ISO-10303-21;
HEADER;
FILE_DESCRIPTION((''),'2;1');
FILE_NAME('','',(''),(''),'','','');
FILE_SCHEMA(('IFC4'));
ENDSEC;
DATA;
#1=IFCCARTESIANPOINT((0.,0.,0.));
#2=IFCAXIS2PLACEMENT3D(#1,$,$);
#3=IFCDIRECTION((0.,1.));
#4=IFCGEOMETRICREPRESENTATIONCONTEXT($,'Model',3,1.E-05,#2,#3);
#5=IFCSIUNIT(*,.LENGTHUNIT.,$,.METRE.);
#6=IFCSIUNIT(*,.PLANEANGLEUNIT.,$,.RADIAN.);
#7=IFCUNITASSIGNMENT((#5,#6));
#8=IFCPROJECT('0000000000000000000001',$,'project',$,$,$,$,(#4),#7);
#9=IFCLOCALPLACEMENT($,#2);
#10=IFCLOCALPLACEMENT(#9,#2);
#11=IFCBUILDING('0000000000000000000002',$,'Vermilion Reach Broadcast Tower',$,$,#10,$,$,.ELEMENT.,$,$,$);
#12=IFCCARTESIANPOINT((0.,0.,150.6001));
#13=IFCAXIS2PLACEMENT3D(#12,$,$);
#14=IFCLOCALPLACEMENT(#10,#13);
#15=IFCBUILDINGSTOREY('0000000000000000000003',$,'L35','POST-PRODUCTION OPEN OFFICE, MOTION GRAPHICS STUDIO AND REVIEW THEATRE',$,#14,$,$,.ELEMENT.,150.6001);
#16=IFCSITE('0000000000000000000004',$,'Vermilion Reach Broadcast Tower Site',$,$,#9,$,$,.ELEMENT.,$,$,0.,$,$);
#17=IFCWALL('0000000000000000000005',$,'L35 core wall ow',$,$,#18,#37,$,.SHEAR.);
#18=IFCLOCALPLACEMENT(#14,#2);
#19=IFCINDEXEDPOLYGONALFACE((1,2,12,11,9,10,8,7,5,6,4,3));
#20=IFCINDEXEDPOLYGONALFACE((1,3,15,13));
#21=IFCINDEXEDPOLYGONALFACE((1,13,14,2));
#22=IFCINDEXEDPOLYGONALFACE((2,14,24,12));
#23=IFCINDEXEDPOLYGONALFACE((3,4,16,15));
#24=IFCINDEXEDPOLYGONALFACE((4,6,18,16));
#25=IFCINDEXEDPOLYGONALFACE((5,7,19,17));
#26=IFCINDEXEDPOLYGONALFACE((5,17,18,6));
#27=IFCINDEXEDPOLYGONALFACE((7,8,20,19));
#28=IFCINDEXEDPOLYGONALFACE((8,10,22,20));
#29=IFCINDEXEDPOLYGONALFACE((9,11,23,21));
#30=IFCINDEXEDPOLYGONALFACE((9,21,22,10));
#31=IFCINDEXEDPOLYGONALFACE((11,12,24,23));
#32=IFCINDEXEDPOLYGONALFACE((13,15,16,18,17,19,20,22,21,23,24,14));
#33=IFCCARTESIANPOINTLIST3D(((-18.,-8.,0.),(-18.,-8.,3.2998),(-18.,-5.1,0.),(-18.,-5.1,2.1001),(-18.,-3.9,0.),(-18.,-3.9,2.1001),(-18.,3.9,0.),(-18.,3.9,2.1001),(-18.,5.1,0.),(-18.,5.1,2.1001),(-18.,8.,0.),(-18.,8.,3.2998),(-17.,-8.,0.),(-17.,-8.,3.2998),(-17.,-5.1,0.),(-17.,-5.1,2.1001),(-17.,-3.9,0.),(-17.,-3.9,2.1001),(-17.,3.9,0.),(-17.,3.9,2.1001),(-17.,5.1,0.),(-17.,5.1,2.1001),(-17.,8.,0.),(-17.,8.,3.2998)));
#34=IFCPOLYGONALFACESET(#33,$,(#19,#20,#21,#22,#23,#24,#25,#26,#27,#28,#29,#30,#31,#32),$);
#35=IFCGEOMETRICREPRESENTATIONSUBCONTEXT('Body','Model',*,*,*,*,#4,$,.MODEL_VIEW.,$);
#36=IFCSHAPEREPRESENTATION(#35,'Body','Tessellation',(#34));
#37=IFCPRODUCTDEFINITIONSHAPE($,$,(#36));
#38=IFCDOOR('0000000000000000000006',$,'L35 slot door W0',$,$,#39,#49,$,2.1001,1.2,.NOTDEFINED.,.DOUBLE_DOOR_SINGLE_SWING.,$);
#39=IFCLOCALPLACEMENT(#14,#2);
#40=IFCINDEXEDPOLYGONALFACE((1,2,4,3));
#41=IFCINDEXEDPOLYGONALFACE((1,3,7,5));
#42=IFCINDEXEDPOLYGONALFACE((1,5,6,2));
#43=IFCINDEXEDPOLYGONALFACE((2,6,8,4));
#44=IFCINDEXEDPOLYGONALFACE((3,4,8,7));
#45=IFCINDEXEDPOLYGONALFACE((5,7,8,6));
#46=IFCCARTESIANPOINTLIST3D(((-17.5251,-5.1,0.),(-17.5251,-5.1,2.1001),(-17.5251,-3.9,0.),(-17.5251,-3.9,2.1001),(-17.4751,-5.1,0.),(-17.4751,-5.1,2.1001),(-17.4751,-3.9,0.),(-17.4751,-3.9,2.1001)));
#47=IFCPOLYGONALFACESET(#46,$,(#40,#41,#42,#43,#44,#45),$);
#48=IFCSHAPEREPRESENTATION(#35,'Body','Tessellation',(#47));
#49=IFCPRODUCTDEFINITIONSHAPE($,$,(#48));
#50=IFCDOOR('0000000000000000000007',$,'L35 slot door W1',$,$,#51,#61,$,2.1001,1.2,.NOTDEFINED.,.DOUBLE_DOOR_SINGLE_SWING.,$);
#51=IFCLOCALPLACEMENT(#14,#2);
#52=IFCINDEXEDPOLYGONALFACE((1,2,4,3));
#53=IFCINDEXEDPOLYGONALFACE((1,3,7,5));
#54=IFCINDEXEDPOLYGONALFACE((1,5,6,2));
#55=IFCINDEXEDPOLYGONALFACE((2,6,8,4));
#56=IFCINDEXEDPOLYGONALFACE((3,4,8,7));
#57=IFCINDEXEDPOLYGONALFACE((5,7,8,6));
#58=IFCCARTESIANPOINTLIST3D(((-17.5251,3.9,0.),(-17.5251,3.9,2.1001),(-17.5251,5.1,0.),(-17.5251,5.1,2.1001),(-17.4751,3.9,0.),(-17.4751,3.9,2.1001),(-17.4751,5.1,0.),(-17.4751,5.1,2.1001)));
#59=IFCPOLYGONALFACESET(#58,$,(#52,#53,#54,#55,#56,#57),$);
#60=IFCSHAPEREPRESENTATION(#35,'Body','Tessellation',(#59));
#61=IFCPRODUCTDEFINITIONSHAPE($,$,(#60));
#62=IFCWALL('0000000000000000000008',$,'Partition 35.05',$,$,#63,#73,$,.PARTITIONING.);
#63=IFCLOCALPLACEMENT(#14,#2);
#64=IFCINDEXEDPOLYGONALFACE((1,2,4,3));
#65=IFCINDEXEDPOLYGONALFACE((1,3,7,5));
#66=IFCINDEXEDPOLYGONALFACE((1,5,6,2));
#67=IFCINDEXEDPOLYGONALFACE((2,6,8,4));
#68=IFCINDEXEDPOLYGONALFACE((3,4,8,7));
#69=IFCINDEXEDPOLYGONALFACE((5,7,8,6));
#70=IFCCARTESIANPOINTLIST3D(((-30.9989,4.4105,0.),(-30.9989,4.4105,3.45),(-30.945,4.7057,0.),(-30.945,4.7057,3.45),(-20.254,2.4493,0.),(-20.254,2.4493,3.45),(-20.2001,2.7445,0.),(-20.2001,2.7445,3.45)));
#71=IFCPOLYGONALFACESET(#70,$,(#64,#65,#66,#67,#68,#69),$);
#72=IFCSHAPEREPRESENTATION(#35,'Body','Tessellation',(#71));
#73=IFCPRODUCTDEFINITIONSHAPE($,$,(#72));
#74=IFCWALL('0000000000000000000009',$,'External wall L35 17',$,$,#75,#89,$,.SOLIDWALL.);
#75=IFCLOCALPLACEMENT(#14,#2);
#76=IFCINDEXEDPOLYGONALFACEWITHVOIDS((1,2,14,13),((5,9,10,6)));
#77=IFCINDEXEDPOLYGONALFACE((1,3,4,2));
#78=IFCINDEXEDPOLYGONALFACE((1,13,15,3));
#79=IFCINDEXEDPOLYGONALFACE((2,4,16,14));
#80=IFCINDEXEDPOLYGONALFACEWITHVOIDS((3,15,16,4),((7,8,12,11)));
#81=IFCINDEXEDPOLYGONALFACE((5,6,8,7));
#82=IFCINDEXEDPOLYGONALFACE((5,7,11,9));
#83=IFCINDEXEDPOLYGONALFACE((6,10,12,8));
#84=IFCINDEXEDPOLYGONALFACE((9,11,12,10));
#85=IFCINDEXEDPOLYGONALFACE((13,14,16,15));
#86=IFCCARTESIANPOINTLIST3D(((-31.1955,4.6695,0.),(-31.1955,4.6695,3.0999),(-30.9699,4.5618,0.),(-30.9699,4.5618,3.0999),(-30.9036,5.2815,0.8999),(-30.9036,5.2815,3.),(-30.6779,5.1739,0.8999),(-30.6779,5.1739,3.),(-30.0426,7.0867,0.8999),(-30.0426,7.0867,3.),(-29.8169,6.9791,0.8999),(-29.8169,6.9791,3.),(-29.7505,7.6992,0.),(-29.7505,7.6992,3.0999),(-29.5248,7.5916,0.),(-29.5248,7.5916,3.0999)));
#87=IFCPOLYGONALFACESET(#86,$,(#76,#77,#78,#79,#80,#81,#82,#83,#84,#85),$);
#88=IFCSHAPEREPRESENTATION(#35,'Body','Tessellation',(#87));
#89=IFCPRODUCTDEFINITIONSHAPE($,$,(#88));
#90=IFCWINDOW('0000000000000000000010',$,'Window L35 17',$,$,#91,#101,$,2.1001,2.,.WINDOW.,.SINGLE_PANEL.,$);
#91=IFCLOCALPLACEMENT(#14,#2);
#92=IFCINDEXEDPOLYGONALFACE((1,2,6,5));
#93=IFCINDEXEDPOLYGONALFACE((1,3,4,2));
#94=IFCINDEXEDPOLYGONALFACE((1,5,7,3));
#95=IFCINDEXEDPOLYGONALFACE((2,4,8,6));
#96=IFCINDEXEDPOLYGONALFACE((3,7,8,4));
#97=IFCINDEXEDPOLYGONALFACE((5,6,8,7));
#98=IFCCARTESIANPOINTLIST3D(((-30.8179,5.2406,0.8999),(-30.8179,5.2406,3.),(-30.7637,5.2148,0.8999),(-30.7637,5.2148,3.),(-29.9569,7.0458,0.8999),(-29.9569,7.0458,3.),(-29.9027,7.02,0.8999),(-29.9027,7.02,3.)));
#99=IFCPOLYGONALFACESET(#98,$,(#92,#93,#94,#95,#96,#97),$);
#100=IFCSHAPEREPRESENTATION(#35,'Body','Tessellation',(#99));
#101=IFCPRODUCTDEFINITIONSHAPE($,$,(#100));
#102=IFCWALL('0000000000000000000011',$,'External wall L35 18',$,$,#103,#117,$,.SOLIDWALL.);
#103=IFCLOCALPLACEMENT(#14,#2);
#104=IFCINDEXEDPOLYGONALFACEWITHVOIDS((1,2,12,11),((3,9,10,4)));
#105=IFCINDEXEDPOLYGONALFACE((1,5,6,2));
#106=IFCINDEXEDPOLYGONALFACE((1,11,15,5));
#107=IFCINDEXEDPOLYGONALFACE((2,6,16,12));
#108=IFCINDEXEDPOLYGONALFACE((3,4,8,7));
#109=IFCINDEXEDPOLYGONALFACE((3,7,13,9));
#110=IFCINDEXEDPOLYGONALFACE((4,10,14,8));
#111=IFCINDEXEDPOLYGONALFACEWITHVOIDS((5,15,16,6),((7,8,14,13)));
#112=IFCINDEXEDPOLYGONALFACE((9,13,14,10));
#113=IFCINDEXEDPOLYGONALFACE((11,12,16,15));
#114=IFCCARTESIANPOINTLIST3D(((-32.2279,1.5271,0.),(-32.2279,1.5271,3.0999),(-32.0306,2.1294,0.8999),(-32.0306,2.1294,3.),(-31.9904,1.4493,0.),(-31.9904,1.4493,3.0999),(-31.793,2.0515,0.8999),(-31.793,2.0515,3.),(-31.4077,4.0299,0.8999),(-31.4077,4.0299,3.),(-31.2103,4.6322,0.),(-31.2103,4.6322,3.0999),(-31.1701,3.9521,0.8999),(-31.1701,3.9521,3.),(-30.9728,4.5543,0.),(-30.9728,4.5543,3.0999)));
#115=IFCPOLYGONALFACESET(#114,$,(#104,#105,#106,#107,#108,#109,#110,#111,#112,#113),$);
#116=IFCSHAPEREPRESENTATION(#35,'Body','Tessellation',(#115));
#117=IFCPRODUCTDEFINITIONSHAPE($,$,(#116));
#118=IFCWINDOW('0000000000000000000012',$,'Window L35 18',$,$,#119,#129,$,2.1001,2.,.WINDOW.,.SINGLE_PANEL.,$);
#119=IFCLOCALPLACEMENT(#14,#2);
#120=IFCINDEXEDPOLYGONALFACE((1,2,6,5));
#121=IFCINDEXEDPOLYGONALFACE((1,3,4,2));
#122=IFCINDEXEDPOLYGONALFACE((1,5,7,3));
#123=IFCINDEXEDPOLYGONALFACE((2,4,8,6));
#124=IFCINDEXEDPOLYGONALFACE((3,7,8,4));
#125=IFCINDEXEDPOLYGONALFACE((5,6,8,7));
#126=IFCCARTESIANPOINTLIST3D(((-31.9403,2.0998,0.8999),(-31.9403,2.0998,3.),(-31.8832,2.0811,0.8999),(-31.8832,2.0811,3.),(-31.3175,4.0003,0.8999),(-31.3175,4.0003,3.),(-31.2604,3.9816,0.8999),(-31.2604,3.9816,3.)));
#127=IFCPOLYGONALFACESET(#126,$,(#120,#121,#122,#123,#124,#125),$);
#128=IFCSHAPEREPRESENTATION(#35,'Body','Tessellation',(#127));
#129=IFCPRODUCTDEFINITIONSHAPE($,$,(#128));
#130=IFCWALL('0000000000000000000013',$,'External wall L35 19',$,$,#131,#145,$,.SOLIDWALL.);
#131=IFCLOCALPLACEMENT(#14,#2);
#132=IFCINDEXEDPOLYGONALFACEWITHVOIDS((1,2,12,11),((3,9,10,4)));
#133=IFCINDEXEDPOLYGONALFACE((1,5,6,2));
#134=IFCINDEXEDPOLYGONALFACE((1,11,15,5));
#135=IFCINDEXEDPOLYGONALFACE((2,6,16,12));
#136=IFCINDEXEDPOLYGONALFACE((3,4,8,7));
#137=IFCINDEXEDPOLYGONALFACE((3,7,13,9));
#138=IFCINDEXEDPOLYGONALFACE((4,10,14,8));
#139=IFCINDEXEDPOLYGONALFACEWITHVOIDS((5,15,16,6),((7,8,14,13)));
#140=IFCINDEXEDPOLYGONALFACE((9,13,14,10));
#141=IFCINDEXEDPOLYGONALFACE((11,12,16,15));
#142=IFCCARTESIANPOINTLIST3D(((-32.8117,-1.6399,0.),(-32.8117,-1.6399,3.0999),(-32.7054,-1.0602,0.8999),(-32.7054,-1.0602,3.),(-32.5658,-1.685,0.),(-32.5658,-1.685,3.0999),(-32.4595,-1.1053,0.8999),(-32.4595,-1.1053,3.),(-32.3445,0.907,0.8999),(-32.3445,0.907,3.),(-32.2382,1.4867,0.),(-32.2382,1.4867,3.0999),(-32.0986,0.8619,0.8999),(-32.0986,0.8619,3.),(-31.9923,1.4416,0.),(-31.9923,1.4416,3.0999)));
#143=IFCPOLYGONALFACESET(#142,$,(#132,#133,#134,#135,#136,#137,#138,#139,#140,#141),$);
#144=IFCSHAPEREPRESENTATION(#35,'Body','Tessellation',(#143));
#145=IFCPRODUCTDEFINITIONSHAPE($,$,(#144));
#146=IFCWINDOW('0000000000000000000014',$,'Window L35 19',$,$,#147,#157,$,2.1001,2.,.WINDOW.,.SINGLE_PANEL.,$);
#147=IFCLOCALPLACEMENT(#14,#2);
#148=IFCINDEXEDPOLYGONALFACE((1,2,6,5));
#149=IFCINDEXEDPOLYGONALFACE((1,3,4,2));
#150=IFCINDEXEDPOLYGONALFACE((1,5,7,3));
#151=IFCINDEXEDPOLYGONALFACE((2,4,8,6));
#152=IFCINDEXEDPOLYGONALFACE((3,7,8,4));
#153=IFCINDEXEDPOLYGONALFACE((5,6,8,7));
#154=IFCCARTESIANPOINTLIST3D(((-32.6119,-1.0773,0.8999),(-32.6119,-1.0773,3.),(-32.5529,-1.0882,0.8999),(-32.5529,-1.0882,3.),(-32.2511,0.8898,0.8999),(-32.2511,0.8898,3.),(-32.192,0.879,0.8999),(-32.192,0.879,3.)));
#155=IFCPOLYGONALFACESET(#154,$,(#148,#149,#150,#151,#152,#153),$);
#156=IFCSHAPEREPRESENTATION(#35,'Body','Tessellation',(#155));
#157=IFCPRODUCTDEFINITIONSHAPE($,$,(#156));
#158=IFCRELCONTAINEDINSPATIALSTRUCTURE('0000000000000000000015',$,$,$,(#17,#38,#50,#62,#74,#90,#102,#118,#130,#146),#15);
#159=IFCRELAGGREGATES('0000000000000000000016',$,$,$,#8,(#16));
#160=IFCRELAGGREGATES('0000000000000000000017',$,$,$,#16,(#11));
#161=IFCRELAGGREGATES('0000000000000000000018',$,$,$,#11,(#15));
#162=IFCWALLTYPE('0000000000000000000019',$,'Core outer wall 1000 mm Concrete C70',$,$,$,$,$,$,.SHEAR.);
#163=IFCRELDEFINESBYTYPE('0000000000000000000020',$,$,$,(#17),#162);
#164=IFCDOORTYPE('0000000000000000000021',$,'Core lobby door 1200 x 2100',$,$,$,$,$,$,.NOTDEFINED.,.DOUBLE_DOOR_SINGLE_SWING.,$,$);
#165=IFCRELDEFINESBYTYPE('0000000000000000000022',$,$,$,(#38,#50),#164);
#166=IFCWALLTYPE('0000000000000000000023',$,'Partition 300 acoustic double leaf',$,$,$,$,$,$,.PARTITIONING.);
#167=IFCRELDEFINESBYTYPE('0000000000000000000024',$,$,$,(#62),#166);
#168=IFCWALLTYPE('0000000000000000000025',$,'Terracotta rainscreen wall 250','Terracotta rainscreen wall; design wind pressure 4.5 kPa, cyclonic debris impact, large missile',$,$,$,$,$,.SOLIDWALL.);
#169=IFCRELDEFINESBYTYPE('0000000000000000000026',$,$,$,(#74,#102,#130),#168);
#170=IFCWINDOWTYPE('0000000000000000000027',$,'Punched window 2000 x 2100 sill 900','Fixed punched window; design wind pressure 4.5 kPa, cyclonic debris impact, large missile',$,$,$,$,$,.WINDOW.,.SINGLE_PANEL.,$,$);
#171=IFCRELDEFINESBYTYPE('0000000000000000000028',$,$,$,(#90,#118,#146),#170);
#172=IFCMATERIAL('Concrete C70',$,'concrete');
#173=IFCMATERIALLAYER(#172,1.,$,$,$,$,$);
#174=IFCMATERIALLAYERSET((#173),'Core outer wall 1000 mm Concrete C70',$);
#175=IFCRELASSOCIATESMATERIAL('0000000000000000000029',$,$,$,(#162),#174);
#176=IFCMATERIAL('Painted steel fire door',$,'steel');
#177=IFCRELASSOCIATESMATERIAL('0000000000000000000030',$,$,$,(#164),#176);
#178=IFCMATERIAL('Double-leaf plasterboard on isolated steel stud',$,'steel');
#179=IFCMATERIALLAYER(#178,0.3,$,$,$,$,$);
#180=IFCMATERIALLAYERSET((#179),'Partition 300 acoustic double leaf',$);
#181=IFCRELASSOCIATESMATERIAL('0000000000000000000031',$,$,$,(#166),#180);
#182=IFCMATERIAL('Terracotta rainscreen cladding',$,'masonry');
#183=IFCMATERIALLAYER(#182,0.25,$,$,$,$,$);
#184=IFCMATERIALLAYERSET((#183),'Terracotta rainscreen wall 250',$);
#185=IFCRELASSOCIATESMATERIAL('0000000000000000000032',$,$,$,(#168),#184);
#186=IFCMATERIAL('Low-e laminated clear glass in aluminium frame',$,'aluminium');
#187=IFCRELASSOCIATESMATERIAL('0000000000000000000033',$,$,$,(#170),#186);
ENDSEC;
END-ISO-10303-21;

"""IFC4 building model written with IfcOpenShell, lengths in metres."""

from ifc_helpers import new_model, si_unit, direction, frame, frame_2d, origin, place, context, subcontext, project, spatial, rectangle, extrude, material, layer, layer_set, type_object, element, fill, save


model = new_model("IFC4")

# Units and contexts
model_context = context("Model", 3, precision=1e-05, world=origin(), true_north=direction((0.0, 1.0)))
body_context = subcontext(model_context, "Body", "Model", "MODEL_VIEW")
ifc_project = project(units=[si_unit("LENGTHUNIT", "METRE"), si_unit("PLANEANGLEUNIT", "RADIAN")], contexts=[model_context])

# Site, building, storey
site_placement = place(None, origin())
site = spatial("IfcSite", under=ifc_project, at=site_placement, Name="Vermilion Reach Broadcast Tower Site", CompositionType="ELEMENT", RefElevation=0.0)
building_placement = place(site_placement, origin())
building = spatial("IfcBuilding", under=site, at=building_placement, Name="Vermilion Reach Broadcast Tower", CompositionType="ELEMENT")
storey_placement = place(building_placement, frame((0.0, 0.0, 150.6001)))
storey = spatial("IfcBuildingStorey", under=building, at=storey_placement, Name="L35", Description="POST-PRODUCTION OPEN OFFICE, MOTION GRAPHICS STUDIO AND REVIEW THEATRE", CompositionType="ELEMENT", Elevation=150.6001)

# Wall, openings, doors
ifc_material_1 = material(Name="Concrete C70", Category="concrete")
ifc_layer_1 = layer(ifc_material_1, 1.0)
ifc_layer_set_1 = layer_set([ifc_layer_1], Name="Core outer wall 1000 mm Concrete C70")
wall_type_1 = type_object("IfcWallType", Name="Core outer wall 1000 mm Concrete C70", PredefinedType="SHEAR", material=ifc_layer_set_1)
wall_1_placement = place(storey_placement, frame((-17.5, 8.0, 0.0), z_axis=(0.0, 0.0, 1.0), x_axis=(0.0, -1.0, 0.0)))
wall_1 = element("IfcWall", 1, at=wall_1_placement, inside=storey, type_object=wall_type_1, Name="L35 core wall ow", PredefinedType="SHEAR", context=body_context, shape_type="SweptSolid", body=[
    extrude(rectangle(XDim=16.0, YDim=1.0, at=frame_2d((8.0, 0.0))), origin(), (0.0, 0.0, 1.0), 3.2998),
])
opening_1_placement = place(wall_1_placement, frame((11.8999, 0.0, 0.0)))
opening_1 = element("IfcOpeningElement", 2, at=opening_1_placement, cuts=wall_1, PredefinedType="OPENING", context=body_context, shape_type="SweptSolid", body=[
    extrude(rectangle(XDim=1.2, YDim=2.1001, at=frame_2d((0.6001, 1.05))), frame((0.0, 0.51, 0.0), z_axis=(0.0, -1.0, 0.0), x_axis=(1.0, 0.0, 0.0)), (0.0, 0.0, 1.0), 1.02),
])
opening_2_placement = place(wall_1_placement, frame((2.8999, 0.0, 0.0)))
opening_2 = element("IfcOpeningElement", 3, at=opening_2_placement, cuts=wall_1, PredefinedType="OPENING", context=body_context, shape_type="SweptSolid", body=[
    extrude(rectangle(XDim=1.2, YDim=2.1001, at=frame_2d((0.6001, 1.05))), frame((0.0, 0.51, 0.0), z_axis=(0.0, -1.0, 0.0), x_axis=(1.0, 0.0, 0.0)), (0.0, 0.0, 1.0), 1.02),
])
ifc_material_2 = material(Name="Painted steel fire door", Category="steel")
door_type_1 = type_object("IfcDoorType", Name="Core lobby door 1200 x 2100", OperationType="DOUBLE_DOOR_SINGLE_SWING", PredefinedType="NOTDEFINED", material=ifc_material_2)
door_1_placement = place(opening_1_placement, origin())
door_1 = element("IfcDoor", 4, at=door_1_placement, inside=storey, type_object=door_type_1, Name="L35 slot door W0", OperationType="DOUBLE_DOOR_SINGLE_SWING", OverallHeight=2.1001, OverallWidth=1.2, PredefinedType="NOTDEFINED", context=body_context, shape_type="SweptSolid", body=[
    extrude(rectangle(XDim=1.2, YDim=2.1001, at=frame_2d((0.6001, 1.05))), frame((0.0, 0.0249, 0.0), z_axis=(0.0, -1.0, 0.0), x_axis=(1.0, 0.0, 0.0)), (0.0, 0.0, 1.0), 0.05),
])
fill(opening_1, door_1)
door_2_placement = place(opening_2_placement, origin())
door_2 = element("IfcDoor", 5, at=door_2_placement, inside=storey, type_object=door_type_1, Name="L35 slot door W1", OperationType="DOUBLE_DOOR_SINGLE_SWING", OverallHeight=2.1001, OverallWidth=1.2, PredefinedType="NOTDEFINED", context=body_context, shape_type="SweptSolid", body=[
    extrude(rectangle(XDim=1.2, YDim=2.1001, at=frame_2d((0.6001, 1.05))), frame((0.0, 0.0249, 0.0), z_axis=(0.0, -1.0, 0.0), x_axis=(1.0, 0.0, 0.0)), (0.0, 0.0, 1.0), 0.05),
])
fill(opening_2, door_2)

# Wall
ifc_material_3 = material(Name="Double-leaf plasterboard on isolated steel stud", Category="steel")
ifc_layer_2 = layer(ifc_material_3, 0.3)
ifc_layer_set_2 = layer_set([ifc_layer_2], Name="Partition 300 acoustic double leaf")
wall_type_2 = type_object("IfcWallType", Name="Partition 300 acoustic double leaf", PredefinedType="PARTITIONING", material=ifc_layer_set_2)
wall_2_placement = place(storey_placement, frame((-30.9719, 4.5581, 0.0), z_axis=(0.0, 0.0, 1.0), x_axis=(0.983748, -0.179556, 0.0)))
element("IfcWall", 6, at=wall_2_placement, inside=storey, type_object=wall_type_2, Name="Partition 35.05", PredefinedType="PARTITIONING", context=body_context, shape_type="SweptSolid", body=[
    extrude(rectangle(XDim=10.9224, YDim=0.3, at=frame_2d((5.4612, 0.0))), origin(), (0.0, 0.0, 1.0), 3.45),
])

# Shared definitions
ifc_material_4 = material(Name="Terracotta rainscreen cladding", Category="masonry")
ifc_layer_3 = layer(ifc_material_4, 0.25)
ifc_layer_set_3 = layer_set([ifc_layer_3], Name="Terracotta rainscreen wall 250")
wall_type_3 = type_object("IfcWallType", Name="Terracotta rainscreen wall 250", Description="Terracotta rainscreen wall; design wind pressure 4.5 kPa, cyclonic debris impact, large missile", PredefinedType="SOLIDWALL", material=ifc_layer_set_3)

# Walls, openings, windows
wall_3_placement = place(storey_placement, frame((-29.6377, 7.6453, 0.0), z_axis=(0.0, 0.0, 1.0), x_axis=(-0.430495, -0.902593, 0.0)))
wall_3 = element("IfcWall", 7, at=wall_3_placement, inside=storey, type_object=wall_type_3, Name="External wall L35 17", PredefinedType="SOLIDWALL", context=body_context, shape_type="SweptSolid", body=[
    extrude(rectangle(XDim=3.3567, YDim=0.25, at=frame_2d((1.6782, 0.0))), origin(), (0.0, 0.0, 1.0), 3.0999),
])
opening_3_placement = place(wall_3_placement, frame((0.6785, 0.0, 0.8999)))
opening_3 = element("IfcOpeningElement", 8, at=opening_3_placement, cuts=wall_3, PredefinedType="OPENING", context=body_context, shape_type="SweptSolid", body=[
    extrude(rectangle(XDim=2.0, YDim=2.1001, at=frame_2d((1.0, 1.05))), frame((0.0, 0.135, 0.0), z_axis=(0.0, -1.0, 0.0), x_axis=(1.0, 0.0, 0.0)), (0.0, 0.0, 1.0), 0.27),
])
ifc_material_5 = material(Name="Low-e laminated clear glass in aluminium frame", Category="aluminium")
window_type = type_object("IfcWindowType", Name="Punched window 2000 x 2100 sill 900", Description="Fixed punched window; design wind pressure 4.5 kPa, cyclonic debris impact, large missile", PartitioningType="SINGLE_PANEL", PredefinedType="WINDOW", material=ifc_material_5)
window_1_placement = place(opening_3_placement, origin())
window_1 = element("IfcWindow", 9, at=window_1_placement, inside=storey, type_object=window_type, Name="Window L35 17", OverallHeight=2.1001, OverallWidth=2.0, PartitioningType="SINGLE_PANEL", PredefinedType="WINDOW", context=body_context, shape_type="SweptSolid", body=[
    extrude(rectangle(XDim=2.0, YDim=2.1001, at=frame_2d((1.0, 1.05))), frame((0.0, 0.03, 0.0), z_axis=(0.0, -1.0, 0.0), x_axis=(1.0, 0.0, 0.0)), (0.0, 0.0, 1.0), 0.0601),
])
fill(opening_3, window_1)
wall_4_placement = place(storey_placement, frame((-31.0916, 4.5933, 0.0), z_axis=(0.0, 0.0, 1.0), x_axis=(-0.311427, -0.95027, 0.0)))
wall_4 = element("IfcWall", 10, at=wall_4_placement, inside=storey, type_object=wall_type_3, Name="External wall L35 18", PredefinedType="SOLIDWALL", context=body_context, shape_type="SweptSolid", body=[
    extrude(rectangle(XDim=3.2676, YDim=0.25, at=frame_2d((1.6338, 0.0))), origin(), (0.0, 0.0, 1.0), 3.0999),
])
opening_4_placement = place(wall_4_placement, frame((0.6338, 0.0, 0.8999)))
opening_4 = element("IfcOpeningElement", 11, at=opening_4_placement, cuts=wall_4, PredefinedType="OPENING", context=body_context, shape_type="SweptSolid", body=[
    extrude(rectangle(XDim=2.0, YDim=2.1001, at=frame_2d((1.0, 1.05))), frame((0.0, 0.135, 0.0), z_axis=(0.0, -1.0, 0.0), x_axis=(1.0, 0.0, 0.0)), (0.0, 0.0, 1.0), 0.27),
])
window_2_placement = place(opening_4_placement, origin())
window_2 = element("IfcWindow", 12, at=window_2_placement, inside=storey, type_object=window_type, Name="Window L35 18", OverallHeight=2.1001, OverallWidth=2.0, PartitioningType="SINGLE_PANEL", PredefinedType="WINDOW", context=body_context, shape_type="SweptSolid", body=[
    extrude(rectangle(XDim=2.0, YDim=2.1001, at=frame_2d((1.0, 1.05))), frame((0.0, 0.03, 0.0), z_axis=(0.0, -1.0, 0.0), x_axis=(1.0, 0.0, 0.0)), (0.0, 0.0, 1.0), 0.0601),
])
fill(opening_4, window_2)
wall_5_placement = place(storey_placement, frame((-32.1152, 1.4641, 0.0), z_axis=(0.0, 0.0, 1.0), x_axis=(-0.18042, -0.98359, 0.0)))
wall_5 = element("IfcWall", 13, at=wall_5_placement, inside=storey, type_object=wall_type_3, Name="External wall L35 19", PredefinedType="SOLIDWALL", context=body_context, shape_type="SweptSolid", body=[
    extrude(rectangle(XDim=3.1787, YDim=0.25, at=frame_2d((1.5894, 0.0))), origin(), (0.0, 0.0, 1.0), 3.0999),
])
opening_5_placement = place(wall_5_placement, frame((0.5894, 0.0, 0.8999)))
opening_5 = element("IfcOpeningElement", 14, at=opening_5_placement, cuts=wall_5, PredefinedType="OPENING", context=body_context, shape_type="SweptSolid", body=[
    extrude(rectangle(XDim=2.0, YDim=2.1001, at=frame_2d((1.0, 1.05))), frame((0.0, 0.135, 0.0), z_axis=(0.0, -1.0, 0.0), x_axis=(1.0, 0.0, 0.0)), (0.0, 0.0, 1.0), 0.27),
])
window_3_placement = place(opening_5_placement, origin())
window_3 = element("IfcWindow", 15, at=window_3_placement, inside=storey, type_object=window_type, Name="Window L35 19", OverallHeight=2.1001, OverallWidth=2.0, PartitioningType="SINGLE_PANEL", PredefinedType="WINDOW", context=body_context, shape_type="SweptSolid", body=[
    extrude(rectangle(XDim=2.0, YDim=2.1001, at=frame_2d((1.0, 1.05))), frame((0.0, 0.03, 0.0), z_axis=(0.0, -1.0, 0.0), x_axis=(1.0, 0.0, 0.0)), (0.0, 0.0, 1.0), 0.0601),
])
fill(opening_5, window_3)

save(model, "model.ifc")
